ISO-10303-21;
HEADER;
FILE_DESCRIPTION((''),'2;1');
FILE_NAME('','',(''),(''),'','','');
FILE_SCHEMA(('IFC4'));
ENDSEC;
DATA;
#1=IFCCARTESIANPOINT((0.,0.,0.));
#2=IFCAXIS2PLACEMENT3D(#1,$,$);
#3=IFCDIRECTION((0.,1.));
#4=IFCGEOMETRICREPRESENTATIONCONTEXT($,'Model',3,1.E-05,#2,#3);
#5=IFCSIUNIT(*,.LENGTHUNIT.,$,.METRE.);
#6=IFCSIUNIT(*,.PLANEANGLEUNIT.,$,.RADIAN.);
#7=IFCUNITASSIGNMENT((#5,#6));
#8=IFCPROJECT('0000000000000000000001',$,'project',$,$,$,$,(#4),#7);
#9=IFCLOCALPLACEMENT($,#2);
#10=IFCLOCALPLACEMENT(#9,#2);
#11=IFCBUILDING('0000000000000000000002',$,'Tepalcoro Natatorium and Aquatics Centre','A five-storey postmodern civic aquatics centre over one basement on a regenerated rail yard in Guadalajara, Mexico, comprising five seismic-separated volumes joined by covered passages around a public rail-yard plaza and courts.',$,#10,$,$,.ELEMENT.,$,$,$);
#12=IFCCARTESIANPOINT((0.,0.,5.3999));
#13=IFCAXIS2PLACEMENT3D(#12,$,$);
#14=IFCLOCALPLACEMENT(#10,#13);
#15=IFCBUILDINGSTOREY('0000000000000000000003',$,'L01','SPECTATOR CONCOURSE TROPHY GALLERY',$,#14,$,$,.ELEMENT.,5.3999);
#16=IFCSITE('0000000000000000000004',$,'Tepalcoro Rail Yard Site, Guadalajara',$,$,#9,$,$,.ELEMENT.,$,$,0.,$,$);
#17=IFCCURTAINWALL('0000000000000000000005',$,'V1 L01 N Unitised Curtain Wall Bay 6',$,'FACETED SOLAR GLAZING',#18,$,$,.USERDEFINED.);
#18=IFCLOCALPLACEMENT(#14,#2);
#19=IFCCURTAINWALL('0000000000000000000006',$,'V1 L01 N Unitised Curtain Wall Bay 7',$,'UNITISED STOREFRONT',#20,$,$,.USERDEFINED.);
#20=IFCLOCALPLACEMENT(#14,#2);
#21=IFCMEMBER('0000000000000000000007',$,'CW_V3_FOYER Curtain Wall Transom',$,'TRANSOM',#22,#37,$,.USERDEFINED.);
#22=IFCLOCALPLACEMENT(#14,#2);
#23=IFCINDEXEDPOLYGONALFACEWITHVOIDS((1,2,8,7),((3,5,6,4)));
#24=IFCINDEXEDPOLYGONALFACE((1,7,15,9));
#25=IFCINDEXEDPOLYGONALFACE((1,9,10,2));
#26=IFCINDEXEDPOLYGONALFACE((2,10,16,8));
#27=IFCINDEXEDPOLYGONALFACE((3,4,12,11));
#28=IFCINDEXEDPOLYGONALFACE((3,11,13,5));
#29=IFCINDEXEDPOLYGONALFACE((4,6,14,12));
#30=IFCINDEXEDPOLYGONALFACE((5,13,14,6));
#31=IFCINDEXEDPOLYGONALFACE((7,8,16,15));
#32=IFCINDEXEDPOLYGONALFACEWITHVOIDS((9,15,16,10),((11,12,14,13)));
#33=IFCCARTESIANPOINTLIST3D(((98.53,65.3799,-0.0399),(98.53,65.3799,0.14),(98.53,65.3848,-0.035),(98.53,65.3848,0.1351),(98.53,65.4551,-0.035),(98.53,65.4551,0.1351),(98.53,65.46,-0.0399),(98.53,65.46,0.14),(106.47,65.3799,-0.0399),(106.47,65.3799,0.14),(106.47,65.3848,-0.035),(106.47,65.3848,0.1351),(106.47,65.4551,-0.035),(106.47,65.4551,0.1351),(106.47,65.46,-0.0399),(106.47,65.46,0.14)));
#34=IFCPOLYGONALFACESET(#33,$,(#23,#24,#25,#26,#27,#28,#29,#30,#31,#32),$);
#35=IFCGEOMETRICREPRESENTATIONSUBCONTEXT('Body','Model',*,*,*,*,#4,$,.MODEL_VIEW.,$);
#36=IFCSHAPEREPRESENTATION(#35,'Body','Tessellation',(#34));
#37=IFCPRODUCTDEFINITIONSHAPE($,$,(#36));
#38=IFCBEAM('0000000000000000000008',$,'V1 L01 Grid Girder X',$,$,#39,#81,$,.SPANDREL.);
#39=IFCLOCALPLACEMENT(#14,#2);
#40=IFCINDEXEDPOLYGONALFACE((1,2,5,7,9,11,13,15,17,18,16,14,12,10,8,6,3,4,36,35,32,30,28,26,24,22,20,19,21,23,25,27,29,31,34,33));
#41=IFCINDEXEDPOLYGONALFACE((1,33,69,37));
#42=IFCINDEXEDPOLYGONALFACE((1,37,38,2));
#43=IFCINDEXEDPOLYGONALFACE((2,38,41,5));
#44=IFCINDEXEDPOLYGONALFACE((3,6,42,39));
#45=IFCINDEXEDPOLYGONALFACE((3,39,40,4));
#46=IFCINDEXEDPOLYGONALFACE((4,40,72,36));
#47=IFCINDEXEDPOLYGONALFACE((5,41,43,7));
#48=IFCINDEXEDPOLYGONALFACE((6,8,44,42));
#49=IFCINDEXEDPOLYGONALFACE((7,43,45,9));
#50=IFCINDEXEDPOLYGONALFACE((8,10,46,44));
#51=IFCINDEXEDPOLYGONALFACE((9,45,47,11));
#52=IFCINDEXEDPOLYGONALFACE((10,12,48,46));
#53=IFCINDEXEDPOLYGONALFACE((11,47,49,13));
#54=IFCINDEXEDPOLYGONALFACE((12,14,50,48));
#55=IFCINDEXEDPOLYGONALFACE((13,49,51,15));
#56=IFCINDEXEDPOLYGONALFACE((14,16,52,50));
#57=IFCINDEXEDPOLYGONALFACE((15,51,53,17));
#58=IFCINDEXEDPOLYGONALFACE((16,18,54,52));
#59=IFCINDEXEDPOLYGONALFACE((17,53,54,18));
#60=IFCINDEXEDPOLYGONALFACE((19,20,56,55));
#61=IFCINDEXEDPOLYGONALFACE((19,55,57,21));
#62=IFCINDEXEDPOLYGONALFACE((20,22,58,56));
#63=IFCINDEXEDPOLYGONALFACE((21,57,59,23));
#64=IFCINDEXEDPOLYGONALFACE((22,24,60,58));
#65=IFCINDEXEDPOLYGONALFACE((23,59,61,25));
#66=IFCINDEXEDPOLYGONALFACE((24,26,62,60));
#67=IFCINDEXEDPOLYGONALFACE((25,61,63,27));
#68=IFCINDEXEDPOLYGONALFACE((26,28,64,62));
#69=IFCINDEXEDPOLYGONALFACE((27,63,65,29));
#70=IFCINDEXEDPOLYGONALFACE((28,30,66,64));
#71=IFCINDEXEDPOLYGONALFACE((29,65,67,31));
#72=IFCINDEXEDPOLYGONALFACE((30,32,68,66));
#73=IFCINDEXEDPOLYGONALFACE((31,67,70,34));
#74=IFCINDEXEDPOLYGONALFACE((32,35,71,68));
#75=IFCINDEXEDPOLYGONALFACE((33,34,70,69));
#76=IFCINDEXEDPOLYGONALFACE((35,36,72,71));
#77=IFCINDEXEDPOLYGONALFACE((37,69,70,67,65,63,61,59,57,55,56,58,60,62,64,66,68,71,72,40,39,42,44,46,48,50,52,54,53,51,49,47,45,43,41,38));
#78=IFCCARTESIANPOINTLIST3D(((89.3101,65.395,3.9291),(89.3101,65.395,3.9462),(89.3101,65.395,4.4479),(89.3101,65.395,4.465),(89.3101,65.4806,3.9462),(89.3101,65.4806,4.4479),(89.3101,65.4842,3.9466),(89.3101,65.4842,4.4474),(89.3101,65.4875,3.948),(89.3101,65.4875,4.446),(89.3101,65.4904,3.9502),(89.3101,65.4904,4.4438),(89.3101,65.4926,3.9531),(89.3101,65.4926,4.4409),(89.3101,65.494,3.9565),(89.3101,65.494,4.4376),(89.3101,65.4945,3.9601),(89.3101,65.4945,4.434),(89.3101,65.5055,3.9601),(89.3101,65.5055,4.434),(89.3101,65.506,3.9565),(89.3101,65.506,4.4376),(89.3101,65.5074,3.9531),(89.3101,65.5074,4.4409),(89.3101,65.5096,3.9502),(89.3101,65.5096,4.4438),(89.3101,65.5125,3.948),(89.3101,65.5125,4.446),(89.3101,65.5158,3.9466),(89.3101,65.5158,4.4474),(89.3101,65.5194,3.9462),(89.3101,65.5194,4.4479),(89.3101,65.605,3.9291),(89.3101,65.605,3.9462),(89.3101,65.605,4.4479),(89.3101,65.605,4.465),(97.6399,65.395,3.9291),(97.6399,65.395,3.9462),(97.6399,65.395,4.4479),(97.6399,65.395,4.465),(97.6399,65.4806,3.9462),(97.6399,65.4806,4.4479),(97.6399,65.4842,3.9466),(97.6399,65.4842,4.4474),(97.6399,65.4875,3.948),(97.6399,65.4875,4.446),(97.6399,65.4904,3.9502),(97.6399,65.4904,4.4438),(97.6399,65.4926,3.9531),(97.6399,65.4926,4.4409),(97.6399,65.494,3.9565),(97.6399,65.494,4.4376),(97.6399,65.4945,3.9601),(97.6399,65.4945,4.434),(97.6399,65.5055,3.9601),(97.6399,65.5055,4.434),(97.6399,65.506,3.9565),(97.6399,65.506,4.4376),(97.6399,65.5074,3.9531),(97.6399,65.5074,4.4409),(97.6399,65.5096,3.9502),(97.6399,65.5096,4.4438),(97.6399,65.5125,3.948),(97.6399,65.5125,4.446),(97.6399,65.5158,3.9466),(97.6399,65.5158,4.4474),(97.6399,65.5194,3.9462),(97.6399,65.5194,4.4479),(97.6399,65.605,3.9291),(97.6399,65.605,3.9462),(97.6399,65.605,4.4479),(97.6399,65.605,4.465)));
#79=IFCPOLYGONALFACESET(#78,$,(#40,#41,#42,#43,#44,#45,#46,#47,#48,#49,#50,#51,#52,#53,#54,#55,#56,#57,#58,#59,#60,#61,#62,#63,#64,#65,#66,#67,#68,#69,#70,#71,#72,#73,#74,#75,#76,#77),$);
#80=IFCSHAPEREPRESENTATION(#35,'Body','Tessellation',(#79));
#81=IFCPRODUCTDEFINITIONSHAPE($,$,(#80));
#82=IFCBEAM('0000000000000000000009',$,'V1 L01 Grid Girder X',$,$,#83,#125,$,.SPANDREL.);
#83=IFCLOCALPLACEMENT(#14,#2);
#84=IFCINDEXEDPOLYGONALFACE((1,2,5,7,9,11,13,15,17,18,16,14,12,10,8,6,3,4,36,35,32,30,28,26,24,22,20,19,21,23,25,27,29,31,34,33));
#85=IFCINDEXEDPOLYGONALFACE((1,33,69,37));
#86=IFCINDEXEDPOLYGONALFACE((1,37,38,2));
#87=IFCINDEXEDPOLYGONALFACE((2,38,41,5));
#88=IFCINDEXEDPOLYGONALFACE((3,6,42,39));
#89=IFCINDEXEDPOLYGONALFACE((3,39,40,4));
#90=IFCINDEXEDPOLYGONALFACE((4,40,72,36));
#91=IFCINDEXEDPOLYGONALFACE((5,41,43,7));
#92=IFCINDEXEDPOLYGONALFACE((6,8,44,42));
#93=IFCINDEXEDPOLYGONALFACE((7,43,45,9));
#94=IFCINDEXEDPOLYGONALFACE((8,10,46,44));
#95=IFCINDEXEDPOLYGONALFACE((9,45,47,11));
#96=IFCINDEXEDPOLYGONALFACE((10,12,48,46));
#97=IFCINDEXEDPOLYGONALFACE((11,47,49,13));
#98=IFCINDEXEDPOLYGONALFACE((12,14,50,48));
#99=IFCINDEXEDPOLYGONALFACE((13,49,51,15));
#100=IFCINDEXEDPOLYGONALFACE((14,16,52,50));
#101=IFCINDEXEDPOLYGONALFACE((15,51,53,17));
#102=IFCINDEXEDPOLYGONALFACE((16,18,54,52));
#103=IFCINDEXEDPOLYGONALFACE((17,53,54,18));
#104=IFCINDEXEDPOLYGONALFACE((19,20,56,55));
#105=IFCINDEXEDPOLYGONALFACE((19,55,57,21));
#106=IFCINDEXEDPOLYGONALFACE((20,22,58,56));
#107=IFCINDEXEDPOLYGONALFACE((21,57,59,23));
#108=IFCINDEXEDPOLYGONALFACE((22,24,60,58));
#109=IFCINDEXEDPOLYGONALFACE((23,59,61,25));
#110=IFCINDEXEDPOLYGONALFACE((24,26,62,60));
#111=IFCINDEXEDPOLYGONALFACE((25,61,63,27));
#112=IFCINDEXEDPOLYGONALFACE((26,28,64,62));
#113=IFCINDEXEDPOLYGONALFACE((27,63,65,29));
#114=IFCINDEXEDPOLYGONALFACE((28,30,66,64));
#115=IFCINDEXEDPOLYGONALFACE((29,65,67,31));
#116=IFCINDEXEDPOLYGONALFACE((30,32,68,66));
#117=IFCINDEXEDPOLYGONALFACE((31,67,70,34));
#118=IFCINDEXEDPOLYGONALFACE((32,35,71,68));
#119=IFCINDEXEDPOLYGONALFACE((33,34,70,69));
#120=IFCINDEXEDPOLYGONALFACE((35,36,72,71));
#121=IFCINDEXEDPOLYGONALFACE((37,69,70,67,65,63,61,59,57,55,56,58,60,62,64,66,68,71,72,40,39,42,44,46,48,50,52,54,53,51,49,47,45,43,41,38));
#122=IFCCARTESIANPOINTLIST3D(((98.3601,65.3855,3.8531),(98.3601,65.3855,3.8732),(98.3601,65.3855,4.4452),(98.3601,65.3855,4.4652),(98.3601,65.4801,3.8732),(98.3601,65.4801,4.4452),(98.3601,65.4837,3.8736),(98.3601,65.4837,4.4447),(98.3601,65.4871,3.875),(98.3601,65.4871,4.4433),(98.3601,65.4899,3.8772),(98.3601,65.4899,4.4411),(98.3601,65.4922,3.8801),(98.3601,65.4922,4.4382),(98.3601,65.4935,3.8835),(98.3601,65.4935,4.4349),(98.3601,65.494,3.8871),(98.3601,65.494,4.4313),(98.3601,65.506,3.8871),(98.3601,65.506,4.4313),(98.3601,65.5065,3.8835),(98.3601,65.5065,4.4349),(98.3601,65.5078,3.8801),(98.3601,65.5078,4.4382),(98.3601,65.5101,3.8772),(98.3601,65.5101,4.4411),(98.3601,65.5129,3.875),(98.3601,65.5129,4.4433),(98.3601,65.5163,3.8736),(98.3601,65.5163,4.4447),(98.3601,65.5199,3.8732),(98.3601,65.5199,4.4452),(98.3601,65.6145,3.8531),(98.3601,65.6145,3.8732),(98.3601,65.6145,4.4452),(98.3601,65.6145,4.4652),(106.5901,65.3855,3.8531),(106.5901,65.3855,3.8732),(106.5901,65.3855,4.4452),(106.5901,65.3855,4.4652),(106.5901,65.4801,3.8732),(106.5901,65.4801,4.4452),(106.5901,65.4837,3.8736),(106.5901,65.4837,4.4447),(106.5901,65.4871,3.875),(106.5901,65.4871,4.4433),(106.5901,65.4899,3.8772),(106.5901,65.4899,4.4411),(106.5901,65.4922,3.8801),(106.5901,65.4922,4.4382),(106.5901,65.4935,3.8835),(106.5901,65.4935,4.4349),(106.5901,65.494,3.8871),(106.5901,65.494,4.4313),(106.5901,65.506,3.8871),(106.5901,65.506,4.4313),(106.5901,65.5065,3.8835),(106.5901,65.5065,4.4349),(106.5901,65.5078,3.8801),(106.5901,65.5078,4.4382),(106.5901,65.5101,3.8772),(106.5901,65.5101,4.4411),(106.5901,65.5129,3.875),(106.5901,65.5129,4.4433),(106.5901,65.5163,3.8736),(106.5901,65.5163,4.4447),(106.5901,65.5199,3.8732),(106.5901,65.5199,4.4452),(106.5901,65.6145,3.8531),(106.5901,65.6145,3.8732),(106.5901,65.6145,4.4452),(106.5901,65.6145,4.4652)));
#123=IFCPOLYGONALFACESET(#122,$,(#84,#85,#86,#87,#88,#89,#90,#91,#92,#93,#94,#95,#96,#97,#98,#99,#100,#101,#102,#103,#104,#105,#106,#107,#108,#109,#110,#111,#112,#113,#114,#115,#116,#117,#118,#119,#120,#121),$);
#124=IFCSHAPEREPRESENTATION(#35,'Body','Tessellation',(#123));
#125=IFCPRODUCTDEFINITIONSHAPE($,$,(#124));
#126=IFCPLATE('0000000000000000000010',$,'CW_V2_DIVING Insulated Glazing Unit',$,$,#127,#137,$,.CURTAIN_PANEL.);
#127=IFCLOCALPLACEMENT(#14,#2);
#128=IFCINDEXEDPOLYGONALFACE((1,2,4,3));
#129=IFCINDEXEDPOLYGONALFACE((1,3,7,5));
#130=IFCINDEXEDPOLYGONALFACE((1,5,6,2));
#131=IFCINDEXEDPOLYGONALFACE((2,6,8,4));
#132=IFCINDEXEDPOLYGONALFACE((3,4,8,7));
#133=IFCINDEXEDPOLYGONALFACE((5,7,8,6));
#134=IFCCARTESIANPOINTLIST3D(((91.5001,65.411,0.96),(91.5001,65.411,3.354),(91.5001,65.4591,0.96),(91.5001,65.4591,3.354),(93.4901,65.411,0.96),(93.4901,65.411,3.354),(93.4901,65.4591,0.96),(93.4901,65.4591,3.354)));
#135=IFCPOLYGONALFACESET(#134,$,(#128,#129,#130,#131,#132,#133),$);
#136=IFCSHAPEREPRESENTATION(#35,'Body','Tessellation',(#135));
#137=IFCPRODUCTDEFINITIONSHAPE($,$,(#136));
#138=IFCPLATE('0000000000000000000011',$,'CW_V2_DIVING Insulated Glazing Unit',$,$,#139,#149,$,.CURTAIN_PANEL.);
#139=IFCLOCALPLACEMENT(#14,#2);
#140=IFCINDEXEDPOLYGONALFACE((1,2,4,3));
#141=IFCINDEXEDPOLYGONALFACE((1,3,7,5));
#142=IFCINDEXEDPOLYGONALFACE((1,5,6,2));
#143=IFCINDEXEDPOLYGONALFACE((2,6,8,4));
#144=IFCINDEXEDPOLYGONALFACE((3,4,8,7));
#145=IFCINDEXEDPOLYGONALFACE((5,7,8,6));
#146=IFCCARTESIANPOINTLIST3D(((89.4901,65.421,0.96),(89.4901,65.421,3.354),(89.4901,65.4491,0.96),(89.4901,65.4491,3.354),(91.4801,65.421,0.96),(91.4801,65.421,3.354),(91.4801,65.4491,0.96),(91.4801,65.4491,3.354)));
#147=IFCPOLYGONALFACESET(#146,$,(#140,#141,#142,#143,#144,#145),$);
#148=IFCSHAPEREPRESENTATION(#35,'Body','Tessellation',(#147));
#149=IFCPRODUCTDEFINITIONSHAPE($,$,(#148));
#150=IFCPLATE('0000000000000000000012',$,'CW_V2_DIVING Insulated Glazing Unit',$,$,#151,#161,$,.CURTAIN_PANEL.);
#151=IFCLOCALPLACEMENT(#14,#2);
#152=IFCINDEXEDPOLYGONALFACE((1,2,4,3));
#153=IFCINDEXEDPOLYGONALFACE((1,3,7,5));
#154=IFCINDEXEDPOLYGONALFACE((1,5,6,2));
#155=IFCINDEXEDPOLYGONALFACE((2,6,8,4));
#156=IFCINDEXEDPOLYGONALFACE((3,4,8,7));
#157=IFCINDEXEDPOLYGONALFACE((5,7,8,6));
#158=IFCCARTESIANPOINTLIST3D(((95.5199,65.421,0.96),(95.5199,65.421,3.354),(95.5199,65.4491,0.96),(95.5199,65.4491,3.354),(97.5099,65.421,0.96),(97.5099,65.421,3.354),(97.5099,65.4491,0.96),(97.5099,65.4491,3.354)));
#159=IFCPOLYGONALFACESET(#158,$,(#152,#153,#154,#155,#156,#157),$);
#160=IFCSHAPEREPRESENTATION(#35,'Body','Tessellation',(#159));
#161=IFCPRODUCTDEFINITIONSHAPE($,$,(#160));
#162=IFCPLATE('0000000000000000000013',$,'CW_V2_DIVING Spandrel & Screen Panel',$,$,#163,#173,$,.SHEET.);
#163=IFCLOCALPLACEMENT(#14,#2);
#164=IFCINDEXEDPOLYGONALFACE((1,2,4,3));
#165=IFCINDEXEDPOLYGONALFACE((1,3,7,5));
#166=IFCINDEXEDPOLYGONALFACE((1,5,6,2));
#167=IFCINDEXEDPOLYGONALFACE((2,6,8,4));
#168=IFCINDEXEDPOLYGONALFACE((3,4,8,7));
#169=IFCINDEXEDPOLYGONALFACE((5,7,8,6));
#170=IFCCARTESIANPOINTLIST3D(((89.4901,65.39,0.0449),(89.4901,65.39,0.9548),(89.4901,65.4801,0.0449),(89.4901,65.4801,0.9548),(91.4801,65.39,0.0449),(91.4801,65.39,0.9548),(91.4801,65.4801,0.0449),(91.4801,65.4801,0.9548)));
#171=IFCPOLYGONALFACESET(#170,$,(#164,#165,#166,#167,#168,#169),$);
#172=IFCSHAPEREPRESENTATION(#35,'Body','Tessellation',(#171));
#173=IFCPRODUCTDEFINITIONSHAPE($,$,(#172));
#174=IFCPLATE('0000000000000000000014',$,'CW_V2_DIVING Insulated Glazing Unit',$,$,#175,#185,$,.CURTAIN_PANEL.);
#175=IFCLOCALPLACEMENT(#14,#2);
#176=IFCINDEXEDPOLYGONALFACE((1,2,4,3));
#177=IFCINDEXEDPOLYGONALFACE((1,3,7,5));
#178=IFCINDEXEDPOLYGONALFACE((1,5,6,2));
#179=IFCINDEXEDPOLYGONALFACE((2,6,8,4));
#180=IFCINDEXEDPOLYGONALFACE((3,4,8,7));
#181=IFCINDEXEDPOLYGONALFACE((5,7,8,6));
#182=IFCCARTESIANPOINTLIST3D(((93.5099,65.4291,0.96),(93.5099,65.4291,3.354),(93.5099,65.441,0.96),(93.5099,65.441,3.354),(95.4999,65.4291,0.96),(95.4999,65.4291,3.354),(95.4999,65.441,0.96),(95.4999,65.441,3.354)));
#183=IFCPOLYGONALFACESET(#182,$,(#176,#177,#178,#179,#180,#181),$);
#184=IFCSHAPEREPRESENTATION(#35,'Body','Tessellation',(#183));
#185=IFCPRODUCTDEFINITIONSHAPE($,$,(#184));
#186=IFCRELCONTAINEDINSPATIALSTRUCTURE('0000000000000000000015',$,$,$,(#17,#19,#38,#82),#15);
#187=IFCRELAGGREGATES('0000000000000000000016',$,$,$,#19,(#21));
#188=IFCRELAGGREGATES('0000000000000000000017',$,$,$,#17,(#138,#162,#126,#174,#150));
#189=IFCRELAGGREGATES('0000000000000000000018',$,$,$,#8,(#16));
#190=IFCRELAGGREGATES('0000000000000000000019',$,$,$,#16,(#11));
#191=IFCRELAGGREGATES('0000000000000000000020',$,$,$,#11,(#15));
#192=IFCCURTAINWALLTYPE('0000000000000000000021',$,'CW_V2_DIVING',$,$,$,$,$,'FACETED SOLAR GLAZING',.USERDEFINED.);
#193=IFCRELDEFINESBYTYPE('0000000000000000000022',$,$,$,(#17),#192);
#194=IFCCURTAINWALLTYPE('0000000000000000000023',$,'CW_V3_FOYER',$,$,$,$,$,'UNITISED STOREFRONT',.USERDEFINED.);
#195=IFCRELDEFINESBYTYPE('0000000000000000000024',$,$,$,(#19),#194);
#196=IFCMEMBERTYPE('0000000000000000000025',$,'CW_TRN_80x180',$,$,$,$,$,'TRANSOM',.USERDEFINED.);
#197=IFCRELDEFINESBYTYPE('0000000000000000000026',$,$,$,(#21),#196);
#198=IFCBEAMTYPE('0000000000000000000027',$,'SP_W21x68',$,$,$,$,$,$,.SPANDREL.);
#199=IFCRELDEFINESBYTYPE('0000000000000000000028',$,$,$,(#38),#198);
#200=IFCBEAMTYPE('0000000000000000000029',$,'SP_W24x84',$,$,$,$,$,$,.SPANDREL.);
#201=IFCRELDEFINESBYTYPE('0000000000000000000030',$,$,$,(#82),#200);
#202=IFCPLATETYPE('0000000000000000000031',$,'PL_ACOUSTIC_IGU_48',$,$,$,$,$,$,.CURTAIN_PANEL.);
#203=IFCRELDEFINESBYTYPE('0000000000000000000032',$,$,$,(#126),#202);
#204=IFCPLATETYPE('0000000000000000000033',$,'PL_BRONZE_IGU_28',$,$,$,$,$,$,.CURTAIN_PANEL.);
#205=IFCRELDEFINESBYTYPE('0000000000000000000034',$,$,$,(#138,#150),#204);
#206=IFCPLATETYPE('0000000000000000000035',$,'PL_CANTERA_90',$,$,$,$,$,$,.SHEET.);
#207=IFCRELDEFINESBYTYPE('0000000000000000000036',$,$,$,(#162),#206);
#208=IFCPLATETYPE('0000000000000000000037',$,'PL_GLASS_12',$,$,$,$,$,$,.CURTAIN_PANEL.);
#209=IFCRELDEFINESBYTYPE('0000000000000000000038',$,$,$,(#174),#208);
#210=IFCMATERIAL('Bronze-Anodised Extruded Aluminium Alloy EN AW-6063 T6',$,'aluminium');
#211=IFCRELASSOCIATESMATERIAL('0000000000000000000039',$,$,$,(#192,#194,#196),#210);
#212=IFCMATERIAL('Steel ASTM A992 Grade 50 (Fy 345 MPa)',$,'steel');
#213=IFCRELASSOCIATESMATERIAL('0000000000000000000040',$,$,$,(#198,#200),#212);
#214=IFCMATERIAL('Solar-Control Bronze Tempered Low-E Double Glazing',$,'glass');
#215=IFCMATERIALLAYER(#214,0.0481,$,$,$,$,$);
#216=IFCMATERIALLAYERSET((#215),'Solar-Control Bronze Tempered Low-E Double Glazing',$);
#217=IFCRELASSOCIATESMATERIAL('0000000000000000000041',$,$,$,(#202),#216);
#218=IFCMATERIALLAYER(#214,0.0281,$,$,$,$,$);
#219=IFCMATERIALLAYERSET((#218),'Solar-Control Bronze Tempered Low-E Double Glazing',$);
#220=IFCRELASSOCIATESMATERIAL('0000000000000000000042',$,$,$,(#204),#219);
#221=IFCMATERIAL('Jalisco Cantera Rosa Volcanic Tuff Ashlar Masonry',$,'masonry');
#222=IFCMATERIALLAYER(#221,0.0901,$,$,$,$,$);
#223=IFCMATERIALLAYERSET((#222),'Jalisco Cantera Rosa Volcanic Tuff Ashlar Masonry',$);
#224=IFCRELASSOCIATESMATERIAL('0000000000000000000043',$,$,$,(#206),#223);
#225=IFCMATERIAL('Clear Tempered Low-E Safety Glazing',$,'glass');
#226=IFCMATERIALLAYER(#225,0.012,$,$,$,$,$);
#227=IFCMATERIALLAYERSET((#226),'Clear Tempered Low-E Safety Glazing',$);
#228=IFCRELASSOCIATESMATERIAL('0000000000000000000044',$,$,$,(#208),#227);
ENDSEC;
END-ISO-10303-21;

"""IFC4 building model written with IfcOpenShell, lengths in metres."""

from ifc_helpers import new_model, si_unit, direction, frame, origin, origin_2d, place, context, subcontext, project, spatial, rectangle, hollow_rectangle, i_section, extrude, material, layer, layer_set, material_profile, profile_set, type_object, element, aggregate, save


model = new_model("IFC4")

# Units and contexts
model_context = context("Model", 3, precision=1e-05, world=origin(), true_north=direction((0.0, 1.0)))
body_context = subcontext(model_context, "Body", "Model", "MODEL_VIEW")
ifc_project = project(units=[si_unit("LENGTHUNIT", "METRE"), si_unit("PLANEANGLEUNIT", "RADIAN")], contexts=[model_context])

# Site, building, storey
site_placement = place(None, origin())
site = spatial("IfcSite", under=ifc_project, at=site_placement, Name="Tepalcoro Rail Yard Site, Guadalajara", CompositionType="ELEMENT", RefElevation=0.0)
building_placement = place(site_placement, origin())
building = spatial("IfcBuilding", under=site, at=building_placement, Name="Tepalcoro Natatorium and Aquatics Centre", Description="A five-storey postmodern civic aquatics centre over one basement on a regenerated rail yard in Guadalajara, Mexico, comprising five seismic-separated volumes joined by covered passages around a public rail-yard plaza and courts.", CompositionType="ELEMENT")
storey_placement = place(building_placement, frame((0.0, 0.0, 5.3999)))
storey = spatial("IfcBuildingStorey", under=building, at=storey_placement, Name="L01", Description="SPECTATOR CONCOURSE TROPHY GALLERY", CompositionType="ELEMENT", Elevation=5.3999)

# Curtain wall
ifc_material_1 = material(Name="Bronze-Anodised Extruded Aluminium Alloy EN AW-6063 T6", Category="aluminium")
curtain_wall_type_1 = type_object("IfcCurtainWallType", Name="CW_V2_DIVING", ElementType="FACETED SOLAR GLAZING", PredefinedType="USERDEFINED", material=ifc_material_1)
curtain_wall_1_placement = place(storey_placement, origin())
curtain_wall_1 = element("IfcCurtainWall", 1, at=curtain_wall_1_placement, inside=storey, type_object=curtain_wall_type_1, Name="V1 L01 N Unitised Curtain Wall Bay 6", ObjectType="FACETED SOLAR GLAZING", PredefinedType="USERDEFINED")

# Curtain wall
curtain_wall_type_2 = type_object("IfcCurtainWallType", Name="CW_V3_FOYER", ElementType="UNITISED STOREFRONT", PredefinedType="USERDEFINED", material=ifc_material_1)
curtain_wall_2_placement = place(storey_placement, origin())
curtain_wall_2 = element("IfcCurtainWall", 2, at=curtain_wall_2_placement, inside=storey, type_object=curtain_wall_type_2, Name="V1 L01 N Unitised Curtain Wall Bay 7", ObjectType="UNITISED STOREFRONT", PredefinedType="USERDEFINED")

# Member
ifc_material_profile_1 = material_profile(ifc_material_1, hollow_rectangle(XDim=0.0801, YDim=0.1799, WallThickness=0.0049, at=origin_2d()), Name="AL80X180X5")
ifc_profile_set_1 = profile_set([ifc_material_profile_1], Name="Bronze-Anodised Extruded Aluminium Alloy EN AW-6063 T6")
member_type_1 = type_object("IfcMemberType", Name="CW_TRN_80x180", ElementType="TRANSOM", PredefinedType="USERDEFINED", material=ifc_profile_set_1)
member_1_placement = place(storey_placement, frame((98.53, 65.4199, 0.05), z_axis=(1.0, 0.0, 0.0), x_axis=(0.0, 1.0, 0.0)))
member_1 = element("IfcMember", 3, at=member_1_placement, type_object=member_type_1, Name="CW_V3_FOYER Curtain Wall Transom", ObjectType="TRANSOM", PredefinedType="USERDEFINED", context=body_context, shape_type="SweptSolid", body=[
    extrude(hollow_rectangle(XDim=0.0801, YDim=0.1799, WallThickness=0.0049, at=origin_2d()), origin(), (0.0, 0.0, 1.0), 7.9399),
])
aggregate(curtain_wall_2, [member_1])

# Beams
ifc_material_2 = material(Name="Steel ASTM A992 Grade 50 (Fy 345 MPa)", Category="steel")
ifc_material_profile_2 = material_profile(ifc_material_2, i_section(OverallWidth=0.21, OverallDepth=0.5359, WebThickness=0.011, FlangeThickness=0.0171, FilletRadius=0.0139, at=origin_2d()), Name="W21X68")
ifc_profile_set_2 = profile_set([ifc_material_profile_2], Name="Steel ASTM A992 Grade 50 (Fy 345 MPa)")
beam_type_1 = type_object("IfcBeamType", Name="SP_W21x68", PredefinedType="SPANDREL", material=ifc_profile_set_2)
beam_1_placement = place(storey_placement, frame((89.3101, 65.5, 4.197), z_axis=(1.0, 0.0, 0.0), x_axis=(0.0, 1.0, 0.0)))
element("IfcBeam", 4, at=beam_1_placement, inside=storey, type_object=beam_type_1, Name="V1 L01 Grid Girder X", PredefinedType="SPANDREL", context=body_context, shape_type="SweptSolid", body=[
    extrude(i_section(OverallWidth=0.21, OverallDepth=0.5359, WebThickness=0.011, FlangeThickness=0.0171, FilletRadius=0.0139, at=origin_2d()), origin(), (0.0, 0.0, 1.0), 8.3298),
])
ifc_material_profile_3 = material_profile(ifc_material_2, i_section(OverallWidth=0.229, OverallDepth=0.6121, WebThickness=0.012, FlangeThickness=0.02, FilletRadius=0.0139, at=origin_2d()), Name="W24X84")
ifc_profile_set_3 = profile_set([ifc_material_profile_3], Name="Steel ASTM A992 Grade 50 (Fy 345 MPa)")
beam_type_2 = type_object("IfcBeamType", Name="SP_W24x84", PredefinedType="SPANDREL", material=ifc_profile_set_3)
beam_2_placement = place(storey_placement, frame((98.3601, 65.5, 4.1592), z_axis=(1.0, 0.0, 0.0), x_axis=(0.0, 1.0, 0.0)))
element("IfcBeam", 5, at=beam_2_placement, inside=storey, type_object=beam_type_2, Name="V1 L01 Grid Girder X", PredefinedType="SPANDREL", context=body_context, shape_type="SweptSolid", body=[
    extrude(i_section(OverallWidth=0.229, OverallDepth=0.6121, WebThickness=0.012, FlangeThickness=0.02, FilletRadius=0.0139, at=origin_2d()), origin(), (0.0, 0.0, 1.0), 8.23),
])

# Plates
ifc_material_3 = material(Name="Solar-Control Bronze Tempered Low-E Double Glazing", Category="glass")
ifc_layer_1 = layer(ifc_material_3, 0.0481)
ifc_layer_set_1 = layer_set([ifc_layer_1], Name="Solar-Control Bronze Tempered Low-E Double Glazing")
plate_type_1 = type_object("IfcPlateType", Name="PL_ACOUSTIC_IGU_48", PredefinedType="CURTAIN_PANEL", material=ifc_layer_set_1)
plate_1_placement = place(storey_placement, frame((92.4951, 65.4351, 0.96), z_axis=(0.0, 0.0, 1.0), x_axis=(1.0, 0.0, 0.0)))
plate_1 = element("IfcPlate", 6, at=plate_1_placement, type_object=plate_type_1, Name="CW_V2_DIVING Insulated Glazing Unit", PredefinedType="CURTAIN_PANEL", context=body_context, shape_type="SweptSolid", body=[
    extrude(rectangle(XDim=1.99, YDim=0.0481, at=origin_2d()), origin(), (0.0, 0.0, 1.0), 2.394),
])
ifc_layer_2 = layer(ifc_material_3, 0.0281)
ifc_layer_set_2 = layer_set([ifc_layer_2], Name="Solar-Control Bronze Tempered Low-E Double Glazing")
plate_type_2 = type_object("IfcPlateType", Name="PL_BRONZE_IGU_28", PredefinedType="CURTAIN_PANEL", material=ifc_layer_set_2)
plate_2_placement = place(storey_placement, frame((90.4851, 65.4351, 0.96), z_axis=(0.0, 0.0, 1.0), x_axis=(1.0, 0.0, 0.0)))
plate_2 = element("IfcPlate", 7, at=plate_2_placement, type_object=plate_type_2, Name="CW_V2_DIVING Insulated Glazing Unit", PredefinedType="CURTAIN_PANEL", context=body_context, shape_type="SweptSolid", body=[
    extrude(rectangle(XDim=1.99, YDim=0.0281, at=origin_2d()), origin(), (0.0, 0.0, 1.0), 2.394),
])
plate_3_placement = place(storey_placement, frame((96.5149, 65.4351, 0.96), z_axis=(0.0, 0.0, 1.0), x_axis=(1.0, 0.0, 0.0)))
plate_3 = element("IfcPlate", 8, at=plate_3_placement, type_object=plate_type_2, Name="CW_V2_DIVING Insulated Glazing Unit", PredefinedType="CURTAIN_PANEL", context=body_context, shape_type="SweptSolid", body=[
    extrude(rectangle(XDim=1.99, YDim=0.0281, at=origin_2d()), origin(), (0.0, 0.0, 1.0), 2.394),
])
ifc_material_4 = material(Name="Jalisco Cantera Rosa Volcanic Tuff Ashlar Masonry", Category="masonry")
ifc_layer_3 = layer(ifc_material_4, 0.0901)
ifc_layer_set_3 = layer_set([ifc_layer_3], Name="Jalisco Cantera Rosa Volcanic Tuff Ashlar Masonry")
plate_type_3 = type_object("IfcPlateType", Name="PL_CANTERA_90", PredefinedType="SHEET", material=ifc_layer_set_3)
plate_4_placement = place(storey_placement, frame((90.4851, 65.4351, 0.0449), z_axis=(0.0, 0.0, 1.0), x_axis=(1.0, 0.0, 0.0)))
plate_4 = element("IfcPlate", 9, at=plate_4_placement, type_object=plate_type_3, Name="CW_V2_DIVING Spandrel & Screen Panel", PredefinedType="SHEET", context=body_context, shape_type="SweptSolid", body=[
    extrude(rectangle(XDim=1.99, YDim=0.0901, at=origin_2d()), origin(), (0.0, 0.0, 1.0), 0.9099),
])
ifc_material_5 = material(Name="Clear Tempered Low-E Safety Glazing", Category="glass")
ifc_layer_4 = layer(ifc_material_5, 0.012)
ifc_layer_set_4 = layer_set([ifc_layer_4], Name="Clear Tempered Low-E Safety Glazing")
plate_type_4 = type_object("IfcPlateType", Name="PL_GLASS_12", PredefinedType="CURTAIN_PANEL", material=ifc_layer_set_4)
plate_5_placement = place(storey_placement, frame((94.5049, 65.4351, 0.96), z_axis=(0.0, 0.0, 1.0), x_axis=(1.0, 0.0, 0.0)))
plate_5 = element("IfcPlate", 10, at=plate_5_placement, type_object=plate_type_4, Name="CW_V2_DIVING Insulated Glazing Unit", PredefinedType="CURTAIN_PANEL", context=body_context, shape_type="SweptSolid", body=[
    extrude(rectangle(XDim=1.99, YDim=0.012, at=origin_2d()), origin(), (0.0, 0.0, 1.0), 2.394),
])
aggregate(curtain_wall_1, [plate_2, plate_4, plate_1, plate_5, plate_3])

save(model, "model.ifc")
